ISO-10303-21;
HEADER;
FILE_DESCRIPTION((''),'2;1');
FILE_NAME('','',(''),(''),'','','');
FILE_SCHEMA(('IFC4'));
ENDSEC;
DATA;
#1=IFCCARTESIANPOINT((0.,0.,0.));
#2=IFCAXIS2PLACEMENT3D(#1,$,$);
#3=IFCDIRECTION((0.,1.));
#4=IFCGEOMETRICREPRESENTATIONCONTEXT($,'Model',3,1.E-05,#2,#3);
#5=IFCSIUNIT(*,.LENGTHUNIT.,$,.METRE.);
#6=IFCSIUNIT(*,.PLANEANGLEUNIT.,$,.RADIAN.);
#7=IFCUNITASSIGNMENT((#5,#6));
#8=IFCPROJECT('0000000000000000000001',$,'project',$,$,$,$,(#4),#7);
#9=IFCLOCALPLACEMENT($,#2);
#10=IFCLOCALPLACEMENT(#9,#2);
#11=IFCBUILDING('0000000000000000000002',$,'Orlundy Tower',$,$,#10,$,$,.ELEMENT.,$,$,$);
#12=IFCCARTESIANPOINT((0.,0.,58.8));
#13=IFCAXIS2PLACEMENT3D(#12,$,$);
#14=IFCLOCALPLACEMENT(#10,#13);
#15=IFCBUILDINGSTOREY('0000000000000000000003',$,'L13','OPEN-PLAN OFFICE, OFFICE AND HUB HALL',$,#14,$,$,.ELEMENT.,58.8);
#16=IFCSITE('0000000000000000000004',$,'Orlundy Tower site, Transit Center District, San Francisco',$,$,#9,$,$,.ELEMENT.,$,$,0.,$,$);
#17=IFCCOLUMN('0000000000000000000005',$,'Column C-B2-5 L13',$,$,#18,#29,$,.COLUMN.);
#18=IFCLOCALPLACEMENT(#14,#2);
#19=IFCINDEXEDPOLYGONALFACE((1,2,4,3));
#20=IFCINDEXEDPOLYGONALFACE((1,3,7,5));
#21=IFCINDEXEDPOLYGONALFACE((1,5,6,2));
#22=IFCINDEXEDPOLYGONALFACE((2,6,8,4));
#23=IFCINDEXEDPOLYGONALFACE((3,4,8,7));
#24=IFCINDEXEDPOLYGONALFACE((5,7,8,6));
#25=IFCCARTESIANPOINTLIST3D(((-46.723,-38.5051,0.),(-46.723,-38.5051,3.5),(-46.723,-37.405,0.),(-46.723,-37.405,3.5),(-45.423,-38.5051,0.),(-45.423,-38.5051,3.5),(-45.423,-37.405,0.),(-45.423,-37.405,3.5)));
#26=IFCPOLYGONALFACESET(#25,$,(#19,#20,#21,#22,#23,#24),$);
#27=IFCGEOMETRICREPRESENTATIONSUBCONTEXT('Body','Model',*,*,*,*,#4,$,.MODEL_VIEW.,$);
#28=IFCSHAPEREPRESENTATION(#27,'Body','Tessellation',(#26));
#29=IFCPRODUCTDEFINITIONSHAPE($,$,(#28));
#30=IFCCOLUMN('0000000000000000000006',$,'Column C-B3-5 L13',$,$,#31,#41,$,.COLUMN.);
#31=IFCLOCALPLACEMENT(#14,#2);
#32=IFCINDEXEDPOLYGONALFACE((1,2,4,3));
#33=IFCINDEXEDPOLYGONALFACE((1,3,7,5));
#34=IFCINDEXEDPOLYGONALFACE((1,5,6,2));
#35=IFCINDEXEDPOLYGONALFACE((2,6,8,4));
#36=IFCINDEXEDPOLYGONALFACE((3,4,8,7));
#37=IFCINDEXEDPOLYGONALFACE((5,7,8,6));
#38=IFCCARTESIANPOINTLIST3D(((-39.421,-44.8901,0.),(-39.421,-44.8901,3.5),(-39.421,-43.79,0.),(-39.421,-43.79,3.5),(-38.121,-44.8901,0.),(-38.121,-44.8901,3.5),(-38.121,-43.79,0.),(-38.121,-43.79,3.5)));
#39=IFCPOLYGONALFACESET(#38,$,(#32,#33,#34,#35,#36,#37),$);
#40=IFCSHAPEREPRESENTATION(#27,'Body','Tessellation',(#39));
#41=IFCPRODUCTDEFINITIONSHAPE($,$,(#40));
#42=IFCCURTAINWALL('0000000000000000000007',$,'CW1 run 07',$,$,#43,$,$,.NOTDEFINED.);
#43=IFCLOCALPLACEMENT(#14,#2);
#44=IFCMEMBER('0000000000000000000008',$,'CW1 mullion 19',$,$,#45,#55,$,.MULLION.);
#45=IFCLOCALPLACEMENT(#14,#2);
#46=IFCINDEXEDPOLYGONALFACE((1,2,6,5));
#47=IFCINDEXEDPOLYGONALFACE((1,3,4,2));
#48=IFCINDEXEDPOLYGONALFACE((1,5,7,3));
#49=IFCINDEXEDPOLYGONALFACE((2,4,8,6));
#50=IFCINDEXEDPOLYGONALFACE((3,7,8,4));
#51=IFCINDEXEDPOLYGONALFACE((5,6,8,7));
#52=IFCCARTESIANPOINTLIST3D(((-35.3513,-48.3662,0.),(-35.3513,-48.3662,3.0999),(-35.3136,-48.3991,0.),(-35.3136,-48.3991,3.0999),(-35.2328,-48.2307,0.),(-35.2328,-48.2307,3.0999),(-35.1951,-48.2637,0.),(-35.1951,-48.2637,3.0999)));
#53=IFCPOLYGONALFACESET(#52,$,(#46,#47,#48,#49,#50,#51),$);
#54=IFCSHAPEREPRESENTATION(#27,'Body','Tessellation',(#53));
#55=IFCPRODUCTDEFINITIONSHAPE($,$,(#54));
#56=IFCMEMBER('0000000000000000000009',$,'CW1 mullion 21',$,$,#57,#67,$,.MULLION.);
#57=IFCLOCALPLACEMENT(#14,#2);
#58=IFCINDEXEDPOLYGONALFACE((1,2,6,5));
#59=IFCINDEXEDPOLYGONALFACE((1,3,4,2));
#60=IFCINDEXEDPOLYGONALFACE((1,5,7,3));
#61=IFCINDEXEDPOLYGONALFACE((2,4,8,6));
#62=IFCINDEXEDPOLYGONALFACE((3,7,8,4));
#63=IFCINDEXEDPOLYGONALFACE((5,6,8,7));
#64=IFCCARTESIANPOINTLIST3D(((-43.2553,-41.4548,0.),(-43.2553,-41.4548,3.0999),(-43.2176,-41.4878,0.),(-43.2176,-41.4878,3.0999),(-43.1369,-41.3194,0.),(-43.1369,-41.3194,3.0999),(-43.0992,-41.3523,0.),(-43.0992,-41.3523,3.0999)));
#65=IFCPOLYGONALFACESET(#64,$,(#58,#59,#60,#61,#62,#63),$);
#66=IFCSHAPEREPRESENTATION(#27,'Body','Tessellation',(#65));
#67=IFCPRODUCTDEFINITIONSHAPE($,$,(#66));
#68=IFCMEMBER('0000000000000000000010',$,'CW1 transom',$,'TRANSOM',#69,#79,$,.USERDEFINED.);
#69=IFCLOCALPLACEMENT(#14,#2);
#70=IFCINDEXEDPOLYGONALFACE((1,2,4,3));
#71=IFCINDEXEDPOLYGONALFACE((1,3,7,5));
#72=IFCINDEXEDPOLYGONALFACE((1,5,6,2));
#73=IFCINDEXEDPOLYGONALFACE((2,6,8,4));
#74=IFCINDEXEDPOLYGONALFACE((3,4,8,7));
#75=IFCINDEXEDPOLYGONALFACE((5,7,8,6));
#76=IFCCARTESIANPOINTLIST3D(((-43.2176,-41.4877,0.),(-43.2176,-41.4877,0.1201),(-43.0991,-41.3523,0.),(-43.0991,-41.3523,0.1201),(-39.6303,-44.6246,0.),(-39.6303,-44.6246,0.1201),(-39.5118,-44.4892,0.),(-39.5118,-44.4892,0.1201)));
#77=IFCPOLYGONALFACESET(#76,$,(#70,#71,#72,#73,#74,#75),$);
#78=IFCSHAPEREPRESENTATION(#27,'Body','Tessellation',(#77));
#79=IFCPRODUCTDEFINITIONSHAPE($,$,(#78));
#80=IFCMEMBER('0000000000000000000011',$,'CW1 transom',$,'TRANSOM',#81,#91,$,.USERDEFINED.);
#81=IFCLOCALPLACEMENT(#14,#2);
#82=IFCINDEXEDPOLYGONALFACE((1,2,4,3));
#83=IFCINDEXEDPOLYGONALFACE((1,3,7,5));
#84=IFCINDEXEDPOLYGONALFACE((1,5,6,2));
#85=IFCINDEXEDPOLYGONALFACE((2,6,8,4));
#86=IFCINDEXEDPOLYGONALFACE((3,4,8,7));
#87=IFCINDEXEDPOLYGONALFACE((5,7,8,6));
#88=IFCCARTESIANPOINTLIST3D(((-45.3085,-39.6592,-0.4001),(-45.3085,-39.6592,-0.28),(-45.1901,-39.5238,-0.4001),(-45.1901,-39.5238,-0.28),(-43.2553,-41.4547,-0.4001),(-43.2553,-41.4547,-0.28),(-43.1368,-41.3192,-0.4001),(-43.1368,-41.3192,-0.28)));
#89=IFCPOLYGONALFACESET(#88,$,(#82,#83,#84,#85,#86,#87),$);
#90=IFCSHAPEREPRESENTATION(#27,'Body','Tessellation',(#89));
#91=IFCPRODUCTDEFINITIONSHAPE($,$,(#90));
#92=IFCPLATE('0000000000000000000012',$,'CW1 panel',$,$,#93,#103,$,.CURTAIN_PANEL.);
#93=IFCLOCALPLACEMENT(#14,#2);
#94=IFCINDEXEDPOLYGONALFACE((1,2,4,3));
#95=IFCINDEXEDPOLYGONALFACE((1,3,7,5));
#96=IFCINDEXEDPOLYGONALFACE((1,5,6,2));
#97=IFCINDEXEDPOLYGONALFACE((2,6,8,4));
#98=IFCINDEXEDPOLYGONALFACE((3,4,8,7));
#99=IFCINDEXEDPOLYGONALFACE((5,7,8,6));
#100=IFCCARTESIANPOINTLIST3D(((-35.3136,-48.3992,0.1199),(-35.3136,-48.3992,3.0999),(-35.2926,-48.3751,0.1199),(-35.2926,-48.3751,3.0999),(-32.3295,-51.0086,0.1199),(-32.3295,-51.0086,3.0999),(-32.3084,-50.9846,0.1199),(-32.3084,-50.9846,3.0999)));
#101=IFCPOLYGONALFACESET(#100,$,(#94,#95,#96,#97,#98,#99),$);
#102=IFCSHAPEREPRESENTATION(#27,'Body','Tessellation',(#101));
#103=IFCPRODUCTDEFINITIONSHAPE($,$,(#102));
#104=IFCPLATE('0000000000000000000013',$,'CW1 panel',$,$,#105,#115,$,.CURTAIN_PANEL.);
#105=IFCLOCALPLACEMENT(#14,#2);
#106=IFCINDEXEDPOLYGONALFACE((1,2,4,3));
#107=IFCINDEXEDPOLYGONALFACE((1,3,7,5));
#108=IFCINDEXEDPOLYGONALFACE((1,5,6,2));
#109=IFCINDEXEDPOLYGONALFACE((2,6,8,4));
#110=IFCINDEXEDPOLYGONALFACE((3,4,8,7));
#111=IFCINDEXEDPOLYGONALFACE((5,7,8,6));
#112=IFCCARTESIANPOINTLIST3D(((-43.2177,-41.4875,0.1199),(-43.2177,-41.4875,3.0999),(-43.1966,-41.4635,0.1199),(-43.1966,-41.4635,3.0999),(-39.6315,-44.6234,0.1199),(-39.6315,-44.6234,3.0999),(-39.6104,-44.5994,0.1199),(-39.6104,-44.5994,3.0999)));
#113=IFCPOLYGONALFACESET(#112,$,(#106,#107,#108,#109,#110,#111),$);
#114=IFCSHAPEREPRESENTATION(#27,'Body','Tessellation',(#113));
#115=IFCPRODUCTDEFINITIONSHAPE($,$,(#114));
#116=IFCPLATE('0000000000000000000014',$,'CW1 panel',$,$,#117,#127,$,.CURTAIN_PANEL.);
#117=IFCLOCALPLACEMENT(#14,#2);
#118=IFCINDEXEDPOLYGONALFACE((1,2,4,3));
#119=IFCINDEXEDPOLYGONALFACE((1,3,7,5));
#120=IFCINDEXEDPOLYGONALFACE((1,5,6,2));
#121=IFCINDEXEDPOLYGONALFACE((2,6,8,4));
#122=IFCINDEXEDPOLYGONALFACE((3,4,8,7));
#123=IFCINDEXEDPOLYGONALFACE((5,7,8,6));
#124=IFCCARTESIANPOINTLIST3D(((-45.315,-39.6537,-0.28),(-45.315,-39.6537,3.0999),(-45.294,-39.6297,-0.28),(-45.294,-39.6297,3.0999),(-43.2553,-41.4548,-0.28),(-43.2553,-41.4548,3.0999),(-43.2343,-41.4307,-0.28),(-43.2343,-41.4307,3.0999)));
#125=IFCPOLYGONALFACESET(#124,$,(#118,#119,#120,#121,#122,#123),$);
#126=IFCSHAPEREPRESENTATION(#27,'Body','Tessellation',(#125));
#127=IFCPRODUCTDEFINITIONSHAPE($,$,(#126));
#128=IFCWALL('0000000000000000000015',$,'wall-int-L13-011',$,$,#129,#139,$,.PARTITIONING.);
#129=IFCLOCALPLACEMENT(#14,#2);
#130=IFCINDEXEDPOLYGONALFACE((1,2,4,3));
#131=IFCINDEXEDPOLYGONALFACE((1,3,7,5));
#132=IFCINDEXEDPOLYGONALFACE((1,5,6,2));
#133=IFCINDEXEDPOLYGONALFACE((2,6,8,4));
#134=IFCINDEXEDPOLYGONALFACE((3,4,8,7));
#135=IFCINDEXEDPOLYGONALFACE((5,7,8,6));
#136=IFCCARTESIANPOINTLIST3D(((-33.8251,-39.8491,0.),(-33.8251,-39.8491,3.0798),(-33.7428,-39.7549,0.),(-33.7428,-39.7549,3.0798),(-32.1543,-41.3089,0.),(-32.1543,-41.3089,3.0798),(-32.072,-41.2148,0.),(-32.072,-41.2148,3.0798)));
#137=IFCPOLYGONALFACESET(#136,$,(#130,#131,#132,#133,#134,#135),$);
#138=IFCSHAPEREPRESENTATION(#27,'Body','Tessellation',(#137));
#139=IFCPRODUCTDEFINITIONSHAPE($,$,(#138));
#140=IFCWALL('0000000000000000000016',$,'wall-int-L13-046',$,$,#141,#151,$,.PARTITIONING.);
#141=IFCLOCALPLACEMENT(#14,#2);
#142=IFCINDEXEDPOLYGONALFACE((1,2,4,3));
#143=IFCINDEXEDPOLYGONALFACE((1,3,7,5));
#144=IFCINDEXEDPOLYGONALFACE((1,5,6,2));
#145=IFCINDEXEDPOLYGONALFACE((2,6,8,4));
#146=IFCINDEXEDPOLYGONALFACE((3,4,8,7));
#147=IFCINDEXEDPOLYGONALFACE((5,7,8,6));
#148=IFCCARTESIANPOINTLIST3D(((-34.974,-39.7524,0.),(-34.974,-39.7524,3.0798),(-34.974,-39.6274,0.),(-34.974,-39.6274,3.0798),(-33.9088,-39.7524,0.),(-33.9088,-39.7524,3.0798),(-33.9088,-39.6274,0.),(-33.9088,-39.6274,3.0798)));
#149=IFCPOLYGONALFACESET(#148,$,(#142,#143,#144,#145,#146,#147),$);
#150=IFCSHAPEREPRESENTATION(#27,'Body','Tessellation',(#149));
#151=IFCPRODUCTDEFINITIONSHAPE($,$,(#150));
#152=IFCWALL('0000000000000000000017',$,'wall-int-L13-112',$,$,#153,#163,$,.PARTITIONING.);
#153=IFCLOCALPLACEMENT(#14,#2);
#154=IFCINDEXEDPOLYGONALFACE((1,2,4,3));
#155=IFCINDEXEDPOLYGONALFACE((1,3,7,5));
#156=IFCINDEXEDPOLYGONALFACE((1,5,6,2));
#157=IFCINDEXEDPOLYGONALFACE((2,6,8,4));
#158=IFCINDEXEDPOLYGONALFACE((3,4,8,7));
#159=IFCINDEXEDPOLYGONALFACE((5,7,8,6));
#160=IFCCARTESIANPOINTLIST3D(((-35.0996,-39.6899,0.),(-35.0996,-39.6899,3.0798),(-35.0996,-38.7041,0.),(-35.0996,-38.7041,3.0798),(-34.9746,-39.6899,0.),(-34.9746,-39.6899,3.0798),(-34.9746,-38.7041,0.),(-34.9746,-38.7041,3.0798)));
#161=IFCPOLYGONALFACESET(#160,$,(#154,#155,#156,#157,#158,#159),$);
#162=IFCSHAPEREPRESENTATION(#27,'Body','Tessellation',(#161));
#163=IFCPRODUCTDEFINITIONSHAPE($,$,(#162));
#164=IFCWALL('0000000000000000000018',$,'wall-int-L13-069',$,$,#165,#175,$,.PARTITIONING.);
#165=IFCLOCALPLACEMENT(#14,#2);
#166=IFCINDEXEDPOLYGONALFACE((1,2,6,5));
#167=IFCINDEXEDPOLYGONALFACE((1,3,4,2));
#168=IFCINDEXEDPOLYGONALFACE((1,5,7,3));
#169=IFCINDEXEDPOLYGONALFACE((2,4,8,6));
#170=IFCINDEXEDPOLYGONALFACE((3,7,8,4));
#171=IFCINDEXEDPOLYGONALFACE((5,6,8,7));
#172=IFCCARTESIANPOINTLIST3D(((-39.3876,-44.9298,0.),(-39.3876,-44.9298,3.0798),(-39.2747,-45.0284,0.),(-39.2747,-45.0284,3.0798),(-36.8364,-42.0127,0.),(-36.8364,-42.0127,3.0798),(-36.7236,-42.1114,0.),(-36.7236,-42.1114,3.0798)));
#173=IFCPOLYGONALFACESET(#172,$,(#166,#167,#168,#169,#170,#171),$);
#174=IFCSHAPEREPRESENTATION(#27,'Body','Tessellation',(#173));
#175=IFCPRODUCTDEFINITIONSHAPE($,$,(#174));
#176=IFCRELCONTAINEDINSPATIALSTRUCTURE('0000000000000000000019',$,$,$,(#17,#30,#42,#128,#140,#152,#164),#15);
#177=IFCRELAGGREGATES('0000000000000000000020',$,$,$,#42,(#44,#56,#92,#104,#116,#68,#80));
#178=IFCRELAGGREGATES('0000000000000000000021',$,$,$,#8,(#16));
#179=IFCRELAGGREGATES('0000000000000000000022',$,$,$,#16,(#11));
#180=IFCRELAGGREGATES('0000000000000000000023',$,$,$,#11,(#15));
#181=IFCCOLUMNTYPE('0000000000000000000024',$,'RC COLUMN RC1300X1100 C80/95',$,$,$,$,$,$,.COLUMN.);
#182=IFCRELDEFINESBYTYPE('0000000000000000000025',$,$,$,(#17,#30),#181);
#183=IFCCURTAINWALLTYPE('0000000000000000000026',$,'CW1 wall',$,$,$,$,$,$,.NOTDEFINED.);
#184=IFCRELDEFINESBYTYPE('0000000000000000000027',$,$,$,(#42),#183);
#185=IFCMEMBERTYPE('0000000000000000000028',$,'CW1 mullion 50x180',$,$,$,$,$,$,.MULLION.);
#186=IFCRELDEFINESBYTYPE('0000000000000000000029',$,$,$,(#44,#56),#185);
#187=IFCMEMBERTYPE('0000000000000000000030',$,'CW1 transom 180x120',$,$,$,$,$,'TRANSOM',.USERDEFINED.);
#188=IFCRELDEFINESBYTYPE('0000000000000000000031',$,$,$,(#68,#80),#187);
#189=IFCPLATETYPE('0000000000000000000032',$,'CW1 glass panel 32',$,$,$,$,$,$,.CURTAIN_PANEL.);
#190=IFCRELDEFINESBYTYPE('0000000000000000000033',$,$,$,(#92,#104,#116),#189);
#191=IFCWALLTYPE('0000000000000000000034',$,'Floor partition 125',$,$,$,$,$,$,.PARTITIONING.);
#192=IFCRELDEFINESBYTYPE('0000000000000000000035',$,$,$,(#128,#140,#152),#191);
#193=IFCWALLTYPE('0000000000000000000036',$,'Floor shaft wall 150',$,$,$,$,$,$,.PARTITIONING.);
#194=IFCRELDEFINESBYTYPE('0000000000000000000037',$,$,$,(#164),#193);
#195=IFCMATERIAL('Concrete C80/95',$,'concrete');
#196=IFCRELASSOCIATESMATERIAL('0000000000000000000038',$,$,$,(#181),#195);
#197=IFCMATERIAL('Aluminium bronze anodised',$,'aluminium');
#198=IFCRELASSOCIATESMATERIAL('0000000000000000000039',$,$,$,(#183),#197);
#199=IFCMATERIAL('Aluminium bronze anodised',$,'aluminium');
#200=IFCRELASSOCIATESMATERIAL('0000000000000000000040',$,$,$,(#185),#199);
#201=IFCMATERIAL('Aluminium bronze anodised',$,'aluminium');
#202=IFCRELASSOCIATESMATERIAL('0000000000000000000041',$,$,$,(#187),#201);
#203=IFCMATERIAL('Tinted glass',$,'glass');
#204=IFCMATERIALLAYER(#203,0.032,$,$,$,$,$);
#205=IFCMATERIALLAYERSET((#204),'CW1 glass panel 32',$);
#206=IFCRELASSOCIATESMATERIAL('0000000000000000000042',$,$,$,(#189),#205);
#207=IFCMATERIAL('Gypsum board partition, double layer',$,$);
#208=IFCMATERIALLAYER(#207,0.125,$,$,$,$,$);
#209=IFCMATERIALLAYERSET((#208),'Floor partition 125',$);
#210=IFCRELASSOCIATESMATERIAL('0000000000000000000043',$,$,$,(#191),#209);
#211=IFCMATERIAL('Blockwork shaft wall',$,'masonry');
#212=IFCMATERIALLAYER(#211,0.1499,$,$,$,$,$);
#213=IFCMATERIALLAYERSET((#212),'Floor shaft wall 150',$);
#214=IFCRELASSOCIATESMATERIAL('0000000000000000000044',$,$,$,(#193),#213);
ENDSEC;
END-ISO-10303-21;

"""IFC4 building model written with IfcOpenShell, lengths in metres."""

from ifc_helpers import new_model, si_unit, direction, frame, frame_2d, origin, origin_2d, place, context, subcontext, project, spatial, rectangle, extrude, material, layer, layer_set, material_profile, profile_set, type_object, element, aggregate, save


model = new_model("IFC4")

# Units and contexts
model_context = context("Model", 3, precision=1e-05, world=origin(), true_north=direction((0.0, 1.0)))
body_context = subcontext(model_context, "Body", "Model", "MODEL_VIEW")
ifc_project = project(units=[si_unit("LENGTHUNIT", "METRE"), si_unit("PLANEANGLEUNIT", "RADIAN")], contexts=[model_context])

# Site, building, storey
site_placement = place(None, origin())
site = spatial("IfcSite", under=ifc_project, at=site_placement, Name="Orlundy Tower site, Transit Center District, San Francisco", CompositionType="ELEMENT", RefElevation=0.0)
building_placement = place(site_placement, origin())
building = spatial("IfcBuilding", under=site, at=building_placement, Name="Orlundy Tower", CompositionType="ELEMENT")
storey_placement = place(building_placement, frame((0.0, 0.0, 58.8)))
storey = spatial("IfcBuildingStorey", under=building, at=storey_placement, Name="L13", Description="OPEN-PLAN OFFICE, OFFICE AND HUB HALL", CompositionType="ELEMENT", Elevation=58.8)

# Columns
ifc_material_1 = material(Name="Concrete C80/95", Category="concrete")
ifc_material_profile_1 = material_profile(ifc_material_1, rectangle(XDim=1.3, YDim=1.1001, at=origin_2d()), Name="RC1300X1100")
ifc_profile_set_1 = profile_set([ifc_material_profile_1], Name="Concrete C80/95")
column_type = type_object("IfcColumnType", Name="RC COLUMN RC1300X1100 C80/95", PredefinedType="COLUMN", material=ifc_profile_set_1)
for number, where, z_axis, x_axis, name in (
    (1, (-46.073, -37.9551, 0.0), (0.0, 0.0, 1.0), (1.0, 0.0, 0.0), "Column C-B2-5 L13"),
    (2, (-38.771, -44.3401, 0.0), (0.0, 0.0, 1.0), (1.0, 0.0, 0.0), "Column C-B3-5 L13"),
):
    element("IfcColumn", number, at=place(storey_placement, frame(where, z_axis=z_axis, x_axis=x_axis)), inside=storey, type_object=column_type, Name=name, PredefinedType="COLUMN", context=body_context, shape_type="SweptSolid", body=[
        extrude(rectangle(XDim=1.3, YDim=1.1001, at=origin_2d()), origin(), (0.0, 0.0, 1.0), 3.5),
    ])

# Curtain wall, members, plates
ifc_material_2 = material(Name="Aluminium bronze anodised", Category="aluminium")
curtain_wall_type = type_object("IfcCurtainWallType", Name="CW1 wall", PredefinedType="NOTDEFINED", material=ifc_material_2)
curtain_wall_placement = place(storey_placement, origin())
curtain_wall = element("IfcCurtainWall", 3, at=curtain_wall_placement, inside=storey, type_object=curtain_wall_type, Name="CW1 run 07", PredefinedType="NOTDEFINED")
ifc_material_3 = material(Name="Aluminium bronze anodised", Category="aluminium")
ifc_material_profile_2 = material_profile(ifc_material_3, rectangle(XDim=0.1799, YDim=0.05, at=origin_2d()), Name="CW1 mullion 50x180")
ifc_profile_set_2 = profile_set([ifc_material_profile_2], Name="Aluminium bronze anodised")
member_type_1 = type_object("IfcMemberType", Name="CW1 mullion 50x180", PredefinedType="MULLION", material=ifc_profile_set_2)
member_1_placement = place(storey_placement, frame((-35.2732, -48.3149, 0.0), z_axis=(0.0, 0.0, 1.0), x_axis=(-0.658262, -0.752789, 0.0)))
member_1 = element("IfcMember", 4, at=member_1_placement, type_object=member_type_1, Name="CW1 mullion 19", PredefinedType="MULLION", context=body_context, shape_type="SweptSolid", body=[
    extrude(rectangle(XDim=0.1799, YDim=0.05, at=origin_2d()), origin(), (0.0, 0.0, 1.0), 3.0999),
])
member_2_placement = place(storey_placement, frame((-43.1772, -41.4036, 0.0), z_axis=(0.0, 0.0, 1.0), x_axis=(-0.658262, -0.752789, 0.0)))
member_2 = element("IfcMember", 5, at=member_2_placement, type_object=member_type_1, Name="CW1 mullion 21", PredefinedType="MULLION", context=body_context, shape_type="SweptSolid", body=[
    extrude(rectangle(XDim=0.1799, YDim=0.05, at=origin_2d()), origin(), (0.0, 0.0, 1.0), 3.0999),
])
ifc_material_4 = material(Name="Aluminium bronze anodised", Category="aluminium")
ifc_material_profile_3 = material_profile(ifc_material_4, rectangle(XDim=0.1799, YDim=0.1201, at=origin_2d()), Name="CW1 transom 180x120")
ifc_profile_set_3 = profile_set([ifc_material_profile_3], Name="Aluminium bronze anodised")
member_type_2 = type_object("IfcMemberType", Name="CW1 transom 180x120", ElementType="TRANSOM", PredefinedType="USERDEFINED", material=ifc_profile_set_3)
member_3_placement = place(storey_placement, frame((-39.571, -44.5569, 0.0601), z_axis=(-0.752786, 0.658265, 0.0), x_axis=(-0.658265, -0.752786, 0.0)))
member_3 = element("IfcMember", 6, at=member_3_placement, type_object=member_type_2, Name="CW1 transom", ObjectType="TRANSOM", PredefinedType="USERDEFINED", context=body_context, shape_type="SweptSolid", body=[
    extrude(rectangle(XDim=0.1799, YDim=0.1201, at=origin_2d()), origin(), (0.0, 0.0, 1.0), 4.7654),
])
member_4_placement = place(storey_placement, frame((-43.196, -41.387, -0.3401), z_axis=(-0.752787, 0.658264, 0.0), x_axis=(-0.658264, -0.752787, 0.0)))
member_4 = element("IfcMember", 7, at=member_4_placement, type_object=member_type_2, Name="CW1 transom", ObjectType="TRANSOM", PredefinedType="USERDEFINED", context=body_context, shape_type="SweptSolid", body=[
    extrude(rectangle(XDim=0.1799, YDim=0.1201, at=origin_2d()), origin(), (0.0, 0.0, 1.0), 2.7275),
])
ifc_material_5 = material(Name="Tinted glass", Category="glass")
ifc_layer_1 = layer(ifc_material_5, 0.032)
ifc_layer_set_1 = layer_set([ifc_layer_1], Name="CW1 glass panel 32")
plate_type = type_object("IfcPlateType", Name="CW1 glass panel 32", PredefinedType="CURTAIN_PANEL", material=ifc_layer_set_1)
plate_1_placement = place(storey_placement, frame((-33.811, -49.6919, 0.1199), z_axis=(0.0, 0.0, 1.0), x_axis=(-0.752789, 0.658262, 0.0)))
plate_1 = element("IfcPlate", 8, at=plate_1_placement, type_object=plate_type, Name="CW1 panel", PredefinedType="CURTAIN_PANEL", context=body_context, shape_type="SweptSolid", body=[
    extrude(rectangle(XDim=3.9641, YDim=0.032, at=origin_2d()), origin(), (0.0, 0.0, 1.0), 2.98),
])
plate_2_placement = place(storey_placement, frame((-41.4141, -43.0435, 0.1199), z_axis=(0.0, 0.0, 1.0), x_axis=(-0.752789, 0.658262, 0.0)))
plate_2 = element("IfcPlate", 9, at=plate_2_placement, type_object=plate_type, Name="CW1 panel", PredefinedType="CURTAIN_PANEL", context=body_context, shape_type="SweptSolid", body=[
    extrude(rectangle(XDim=4.7639, YDim=0.032, at=origin_2d()), origin(), (0.0, 0.0, 1.0), 2.98),
])
plate_3_placement = place(storey_placement, frame((-44.2747, -40.5422, -0.28), z_axis=(0.0, 0.0, 1.0), x_axis=(-0.752789, 0.658262, 0.0)))
plate_3 = element("IfcPlate", 10, at=plate_3_placement, type_object=plate_type, Name="CW1 panel", PredefinedType="CURTAIN_PANEL", context=body_context, shape_type="SweptSolid", body=[
    extrude(rectangle(XDim=2.7361, YDim=0.032, at=origin_2d()), origin(), (0.0, 0.0, 1.0), 3.3799),
])
aggregate(curtain_wall, [member_1, member_2, plate_1, plate_2, plate_3, member_3, member_4])

# Walls
ifc_material_6 = material(Name="Gypsum board partition, double layer")
ifc_layer_2 = layer(ifc_material_6, 0.125)
ifc_layer_set_2 = layer_set([ifc_layer_2], Name="Floor partition 125")
wall_type_1 = type_object("IfcWallType", Name="Floor partition 125", PredefinedType="PARTITIONING", material=ifc_layer_set_2)
wall_1_placement = place(storey_placement, frame((-33.7839, -39.802, 0.0), z_axis=(0.0, 0.0, 1.0), x_axis=(0.75304, -0.657975, 0.0)))
element("IfcWall", 11, at=wall_1_placement, inside=storey, type_object=wall_type_1, Name="wall-int-L13-011", PredefinedType="PARTITIONING", context=body_context, shape_type="SweptSolid", body=[
    extrude(rectangle(XDim=2.2188, YDim=0.125, at=frame_2d((1.1094, 0.0))), origin(), (0.0, 0.0, 1.0), 3.0798),
])
wall_2_placement = place(storey_placement, frame((-34.9741, -39.6899, 0.0), z_axis=(0.0, 0.0, 1.0), x_axis=(1.0, 0.0, 0.0)))
element("IfcWall", 12, at=wall_2_placement, inside=storey, type_object=wall_type_1, Name="wall-int-L13-046", PredefinedType="PARTITIONING", context=body_context, shape_type="SweptSolid", body=[
    extrude(rectangle(XDim=1.0652, YDim=0.125, at=frame_2d((0.5327, 0.0))), origin(), (0.0, 0.0, 1.0), 3.0798),
])
wall_3_placement = place(storey_placement, frame((-35.0371, -39.6899, 0.0), z_axis=(0.0, 0.0, 1.0), x_axis=(0.0, 1.0, 0.0)))
element("IfcWall", 13, at=wall_3_placement, inside=storey, type_object=wall_type_1, Name="wall-int-L13-112", PredefinedType="PARTITIONING", context=body_context, shape_type="SweptSolid", body=[
    extrude(rectangle(XDim=0.9858, YDim=0.125, at=frame_2d((0.4929, 0.0))), origin(), (0.0, 0.0, 1.0), 3.0798),
])
ifc_material_7 = material(Name="Blockwork shaft wall", Category="masonry")
ifc_layer_3 = layer(ifc_material_7, 0.1499)
ifc_layer_set_3 = layer_set([ifc_layer_3], Name="Floor shaft wall 150")
wall_type_2 = type_object("IfcWallType", Name="Floor shaft wall 150", PredefinedType="PARTITIONING", material=ifc_layer_set_3)
wall_4_placement = place(storey_placement, frame((-39.3311, -44.979, 0.0), z_axis=(0.0, 0.0, 1.0), x_axis=(0.658308, 0.752748, 0.0)))
element("IfcWall", 14, at=wall_4_placement, inside=storey, type_object=wall_type_2, Name="wall-int-L13-069", PredefinedType="PARTITIONING", context=body_context, shape_type="SweptSolid", body=[
    extrude(rectangle(XDim=3.8752, YDim=0.1499, at=frame_2d((1.9375, 0.0))), origin(), (0.0, 0.0, 1.0), 3.0798),
])

save(model, "model.ifc")
